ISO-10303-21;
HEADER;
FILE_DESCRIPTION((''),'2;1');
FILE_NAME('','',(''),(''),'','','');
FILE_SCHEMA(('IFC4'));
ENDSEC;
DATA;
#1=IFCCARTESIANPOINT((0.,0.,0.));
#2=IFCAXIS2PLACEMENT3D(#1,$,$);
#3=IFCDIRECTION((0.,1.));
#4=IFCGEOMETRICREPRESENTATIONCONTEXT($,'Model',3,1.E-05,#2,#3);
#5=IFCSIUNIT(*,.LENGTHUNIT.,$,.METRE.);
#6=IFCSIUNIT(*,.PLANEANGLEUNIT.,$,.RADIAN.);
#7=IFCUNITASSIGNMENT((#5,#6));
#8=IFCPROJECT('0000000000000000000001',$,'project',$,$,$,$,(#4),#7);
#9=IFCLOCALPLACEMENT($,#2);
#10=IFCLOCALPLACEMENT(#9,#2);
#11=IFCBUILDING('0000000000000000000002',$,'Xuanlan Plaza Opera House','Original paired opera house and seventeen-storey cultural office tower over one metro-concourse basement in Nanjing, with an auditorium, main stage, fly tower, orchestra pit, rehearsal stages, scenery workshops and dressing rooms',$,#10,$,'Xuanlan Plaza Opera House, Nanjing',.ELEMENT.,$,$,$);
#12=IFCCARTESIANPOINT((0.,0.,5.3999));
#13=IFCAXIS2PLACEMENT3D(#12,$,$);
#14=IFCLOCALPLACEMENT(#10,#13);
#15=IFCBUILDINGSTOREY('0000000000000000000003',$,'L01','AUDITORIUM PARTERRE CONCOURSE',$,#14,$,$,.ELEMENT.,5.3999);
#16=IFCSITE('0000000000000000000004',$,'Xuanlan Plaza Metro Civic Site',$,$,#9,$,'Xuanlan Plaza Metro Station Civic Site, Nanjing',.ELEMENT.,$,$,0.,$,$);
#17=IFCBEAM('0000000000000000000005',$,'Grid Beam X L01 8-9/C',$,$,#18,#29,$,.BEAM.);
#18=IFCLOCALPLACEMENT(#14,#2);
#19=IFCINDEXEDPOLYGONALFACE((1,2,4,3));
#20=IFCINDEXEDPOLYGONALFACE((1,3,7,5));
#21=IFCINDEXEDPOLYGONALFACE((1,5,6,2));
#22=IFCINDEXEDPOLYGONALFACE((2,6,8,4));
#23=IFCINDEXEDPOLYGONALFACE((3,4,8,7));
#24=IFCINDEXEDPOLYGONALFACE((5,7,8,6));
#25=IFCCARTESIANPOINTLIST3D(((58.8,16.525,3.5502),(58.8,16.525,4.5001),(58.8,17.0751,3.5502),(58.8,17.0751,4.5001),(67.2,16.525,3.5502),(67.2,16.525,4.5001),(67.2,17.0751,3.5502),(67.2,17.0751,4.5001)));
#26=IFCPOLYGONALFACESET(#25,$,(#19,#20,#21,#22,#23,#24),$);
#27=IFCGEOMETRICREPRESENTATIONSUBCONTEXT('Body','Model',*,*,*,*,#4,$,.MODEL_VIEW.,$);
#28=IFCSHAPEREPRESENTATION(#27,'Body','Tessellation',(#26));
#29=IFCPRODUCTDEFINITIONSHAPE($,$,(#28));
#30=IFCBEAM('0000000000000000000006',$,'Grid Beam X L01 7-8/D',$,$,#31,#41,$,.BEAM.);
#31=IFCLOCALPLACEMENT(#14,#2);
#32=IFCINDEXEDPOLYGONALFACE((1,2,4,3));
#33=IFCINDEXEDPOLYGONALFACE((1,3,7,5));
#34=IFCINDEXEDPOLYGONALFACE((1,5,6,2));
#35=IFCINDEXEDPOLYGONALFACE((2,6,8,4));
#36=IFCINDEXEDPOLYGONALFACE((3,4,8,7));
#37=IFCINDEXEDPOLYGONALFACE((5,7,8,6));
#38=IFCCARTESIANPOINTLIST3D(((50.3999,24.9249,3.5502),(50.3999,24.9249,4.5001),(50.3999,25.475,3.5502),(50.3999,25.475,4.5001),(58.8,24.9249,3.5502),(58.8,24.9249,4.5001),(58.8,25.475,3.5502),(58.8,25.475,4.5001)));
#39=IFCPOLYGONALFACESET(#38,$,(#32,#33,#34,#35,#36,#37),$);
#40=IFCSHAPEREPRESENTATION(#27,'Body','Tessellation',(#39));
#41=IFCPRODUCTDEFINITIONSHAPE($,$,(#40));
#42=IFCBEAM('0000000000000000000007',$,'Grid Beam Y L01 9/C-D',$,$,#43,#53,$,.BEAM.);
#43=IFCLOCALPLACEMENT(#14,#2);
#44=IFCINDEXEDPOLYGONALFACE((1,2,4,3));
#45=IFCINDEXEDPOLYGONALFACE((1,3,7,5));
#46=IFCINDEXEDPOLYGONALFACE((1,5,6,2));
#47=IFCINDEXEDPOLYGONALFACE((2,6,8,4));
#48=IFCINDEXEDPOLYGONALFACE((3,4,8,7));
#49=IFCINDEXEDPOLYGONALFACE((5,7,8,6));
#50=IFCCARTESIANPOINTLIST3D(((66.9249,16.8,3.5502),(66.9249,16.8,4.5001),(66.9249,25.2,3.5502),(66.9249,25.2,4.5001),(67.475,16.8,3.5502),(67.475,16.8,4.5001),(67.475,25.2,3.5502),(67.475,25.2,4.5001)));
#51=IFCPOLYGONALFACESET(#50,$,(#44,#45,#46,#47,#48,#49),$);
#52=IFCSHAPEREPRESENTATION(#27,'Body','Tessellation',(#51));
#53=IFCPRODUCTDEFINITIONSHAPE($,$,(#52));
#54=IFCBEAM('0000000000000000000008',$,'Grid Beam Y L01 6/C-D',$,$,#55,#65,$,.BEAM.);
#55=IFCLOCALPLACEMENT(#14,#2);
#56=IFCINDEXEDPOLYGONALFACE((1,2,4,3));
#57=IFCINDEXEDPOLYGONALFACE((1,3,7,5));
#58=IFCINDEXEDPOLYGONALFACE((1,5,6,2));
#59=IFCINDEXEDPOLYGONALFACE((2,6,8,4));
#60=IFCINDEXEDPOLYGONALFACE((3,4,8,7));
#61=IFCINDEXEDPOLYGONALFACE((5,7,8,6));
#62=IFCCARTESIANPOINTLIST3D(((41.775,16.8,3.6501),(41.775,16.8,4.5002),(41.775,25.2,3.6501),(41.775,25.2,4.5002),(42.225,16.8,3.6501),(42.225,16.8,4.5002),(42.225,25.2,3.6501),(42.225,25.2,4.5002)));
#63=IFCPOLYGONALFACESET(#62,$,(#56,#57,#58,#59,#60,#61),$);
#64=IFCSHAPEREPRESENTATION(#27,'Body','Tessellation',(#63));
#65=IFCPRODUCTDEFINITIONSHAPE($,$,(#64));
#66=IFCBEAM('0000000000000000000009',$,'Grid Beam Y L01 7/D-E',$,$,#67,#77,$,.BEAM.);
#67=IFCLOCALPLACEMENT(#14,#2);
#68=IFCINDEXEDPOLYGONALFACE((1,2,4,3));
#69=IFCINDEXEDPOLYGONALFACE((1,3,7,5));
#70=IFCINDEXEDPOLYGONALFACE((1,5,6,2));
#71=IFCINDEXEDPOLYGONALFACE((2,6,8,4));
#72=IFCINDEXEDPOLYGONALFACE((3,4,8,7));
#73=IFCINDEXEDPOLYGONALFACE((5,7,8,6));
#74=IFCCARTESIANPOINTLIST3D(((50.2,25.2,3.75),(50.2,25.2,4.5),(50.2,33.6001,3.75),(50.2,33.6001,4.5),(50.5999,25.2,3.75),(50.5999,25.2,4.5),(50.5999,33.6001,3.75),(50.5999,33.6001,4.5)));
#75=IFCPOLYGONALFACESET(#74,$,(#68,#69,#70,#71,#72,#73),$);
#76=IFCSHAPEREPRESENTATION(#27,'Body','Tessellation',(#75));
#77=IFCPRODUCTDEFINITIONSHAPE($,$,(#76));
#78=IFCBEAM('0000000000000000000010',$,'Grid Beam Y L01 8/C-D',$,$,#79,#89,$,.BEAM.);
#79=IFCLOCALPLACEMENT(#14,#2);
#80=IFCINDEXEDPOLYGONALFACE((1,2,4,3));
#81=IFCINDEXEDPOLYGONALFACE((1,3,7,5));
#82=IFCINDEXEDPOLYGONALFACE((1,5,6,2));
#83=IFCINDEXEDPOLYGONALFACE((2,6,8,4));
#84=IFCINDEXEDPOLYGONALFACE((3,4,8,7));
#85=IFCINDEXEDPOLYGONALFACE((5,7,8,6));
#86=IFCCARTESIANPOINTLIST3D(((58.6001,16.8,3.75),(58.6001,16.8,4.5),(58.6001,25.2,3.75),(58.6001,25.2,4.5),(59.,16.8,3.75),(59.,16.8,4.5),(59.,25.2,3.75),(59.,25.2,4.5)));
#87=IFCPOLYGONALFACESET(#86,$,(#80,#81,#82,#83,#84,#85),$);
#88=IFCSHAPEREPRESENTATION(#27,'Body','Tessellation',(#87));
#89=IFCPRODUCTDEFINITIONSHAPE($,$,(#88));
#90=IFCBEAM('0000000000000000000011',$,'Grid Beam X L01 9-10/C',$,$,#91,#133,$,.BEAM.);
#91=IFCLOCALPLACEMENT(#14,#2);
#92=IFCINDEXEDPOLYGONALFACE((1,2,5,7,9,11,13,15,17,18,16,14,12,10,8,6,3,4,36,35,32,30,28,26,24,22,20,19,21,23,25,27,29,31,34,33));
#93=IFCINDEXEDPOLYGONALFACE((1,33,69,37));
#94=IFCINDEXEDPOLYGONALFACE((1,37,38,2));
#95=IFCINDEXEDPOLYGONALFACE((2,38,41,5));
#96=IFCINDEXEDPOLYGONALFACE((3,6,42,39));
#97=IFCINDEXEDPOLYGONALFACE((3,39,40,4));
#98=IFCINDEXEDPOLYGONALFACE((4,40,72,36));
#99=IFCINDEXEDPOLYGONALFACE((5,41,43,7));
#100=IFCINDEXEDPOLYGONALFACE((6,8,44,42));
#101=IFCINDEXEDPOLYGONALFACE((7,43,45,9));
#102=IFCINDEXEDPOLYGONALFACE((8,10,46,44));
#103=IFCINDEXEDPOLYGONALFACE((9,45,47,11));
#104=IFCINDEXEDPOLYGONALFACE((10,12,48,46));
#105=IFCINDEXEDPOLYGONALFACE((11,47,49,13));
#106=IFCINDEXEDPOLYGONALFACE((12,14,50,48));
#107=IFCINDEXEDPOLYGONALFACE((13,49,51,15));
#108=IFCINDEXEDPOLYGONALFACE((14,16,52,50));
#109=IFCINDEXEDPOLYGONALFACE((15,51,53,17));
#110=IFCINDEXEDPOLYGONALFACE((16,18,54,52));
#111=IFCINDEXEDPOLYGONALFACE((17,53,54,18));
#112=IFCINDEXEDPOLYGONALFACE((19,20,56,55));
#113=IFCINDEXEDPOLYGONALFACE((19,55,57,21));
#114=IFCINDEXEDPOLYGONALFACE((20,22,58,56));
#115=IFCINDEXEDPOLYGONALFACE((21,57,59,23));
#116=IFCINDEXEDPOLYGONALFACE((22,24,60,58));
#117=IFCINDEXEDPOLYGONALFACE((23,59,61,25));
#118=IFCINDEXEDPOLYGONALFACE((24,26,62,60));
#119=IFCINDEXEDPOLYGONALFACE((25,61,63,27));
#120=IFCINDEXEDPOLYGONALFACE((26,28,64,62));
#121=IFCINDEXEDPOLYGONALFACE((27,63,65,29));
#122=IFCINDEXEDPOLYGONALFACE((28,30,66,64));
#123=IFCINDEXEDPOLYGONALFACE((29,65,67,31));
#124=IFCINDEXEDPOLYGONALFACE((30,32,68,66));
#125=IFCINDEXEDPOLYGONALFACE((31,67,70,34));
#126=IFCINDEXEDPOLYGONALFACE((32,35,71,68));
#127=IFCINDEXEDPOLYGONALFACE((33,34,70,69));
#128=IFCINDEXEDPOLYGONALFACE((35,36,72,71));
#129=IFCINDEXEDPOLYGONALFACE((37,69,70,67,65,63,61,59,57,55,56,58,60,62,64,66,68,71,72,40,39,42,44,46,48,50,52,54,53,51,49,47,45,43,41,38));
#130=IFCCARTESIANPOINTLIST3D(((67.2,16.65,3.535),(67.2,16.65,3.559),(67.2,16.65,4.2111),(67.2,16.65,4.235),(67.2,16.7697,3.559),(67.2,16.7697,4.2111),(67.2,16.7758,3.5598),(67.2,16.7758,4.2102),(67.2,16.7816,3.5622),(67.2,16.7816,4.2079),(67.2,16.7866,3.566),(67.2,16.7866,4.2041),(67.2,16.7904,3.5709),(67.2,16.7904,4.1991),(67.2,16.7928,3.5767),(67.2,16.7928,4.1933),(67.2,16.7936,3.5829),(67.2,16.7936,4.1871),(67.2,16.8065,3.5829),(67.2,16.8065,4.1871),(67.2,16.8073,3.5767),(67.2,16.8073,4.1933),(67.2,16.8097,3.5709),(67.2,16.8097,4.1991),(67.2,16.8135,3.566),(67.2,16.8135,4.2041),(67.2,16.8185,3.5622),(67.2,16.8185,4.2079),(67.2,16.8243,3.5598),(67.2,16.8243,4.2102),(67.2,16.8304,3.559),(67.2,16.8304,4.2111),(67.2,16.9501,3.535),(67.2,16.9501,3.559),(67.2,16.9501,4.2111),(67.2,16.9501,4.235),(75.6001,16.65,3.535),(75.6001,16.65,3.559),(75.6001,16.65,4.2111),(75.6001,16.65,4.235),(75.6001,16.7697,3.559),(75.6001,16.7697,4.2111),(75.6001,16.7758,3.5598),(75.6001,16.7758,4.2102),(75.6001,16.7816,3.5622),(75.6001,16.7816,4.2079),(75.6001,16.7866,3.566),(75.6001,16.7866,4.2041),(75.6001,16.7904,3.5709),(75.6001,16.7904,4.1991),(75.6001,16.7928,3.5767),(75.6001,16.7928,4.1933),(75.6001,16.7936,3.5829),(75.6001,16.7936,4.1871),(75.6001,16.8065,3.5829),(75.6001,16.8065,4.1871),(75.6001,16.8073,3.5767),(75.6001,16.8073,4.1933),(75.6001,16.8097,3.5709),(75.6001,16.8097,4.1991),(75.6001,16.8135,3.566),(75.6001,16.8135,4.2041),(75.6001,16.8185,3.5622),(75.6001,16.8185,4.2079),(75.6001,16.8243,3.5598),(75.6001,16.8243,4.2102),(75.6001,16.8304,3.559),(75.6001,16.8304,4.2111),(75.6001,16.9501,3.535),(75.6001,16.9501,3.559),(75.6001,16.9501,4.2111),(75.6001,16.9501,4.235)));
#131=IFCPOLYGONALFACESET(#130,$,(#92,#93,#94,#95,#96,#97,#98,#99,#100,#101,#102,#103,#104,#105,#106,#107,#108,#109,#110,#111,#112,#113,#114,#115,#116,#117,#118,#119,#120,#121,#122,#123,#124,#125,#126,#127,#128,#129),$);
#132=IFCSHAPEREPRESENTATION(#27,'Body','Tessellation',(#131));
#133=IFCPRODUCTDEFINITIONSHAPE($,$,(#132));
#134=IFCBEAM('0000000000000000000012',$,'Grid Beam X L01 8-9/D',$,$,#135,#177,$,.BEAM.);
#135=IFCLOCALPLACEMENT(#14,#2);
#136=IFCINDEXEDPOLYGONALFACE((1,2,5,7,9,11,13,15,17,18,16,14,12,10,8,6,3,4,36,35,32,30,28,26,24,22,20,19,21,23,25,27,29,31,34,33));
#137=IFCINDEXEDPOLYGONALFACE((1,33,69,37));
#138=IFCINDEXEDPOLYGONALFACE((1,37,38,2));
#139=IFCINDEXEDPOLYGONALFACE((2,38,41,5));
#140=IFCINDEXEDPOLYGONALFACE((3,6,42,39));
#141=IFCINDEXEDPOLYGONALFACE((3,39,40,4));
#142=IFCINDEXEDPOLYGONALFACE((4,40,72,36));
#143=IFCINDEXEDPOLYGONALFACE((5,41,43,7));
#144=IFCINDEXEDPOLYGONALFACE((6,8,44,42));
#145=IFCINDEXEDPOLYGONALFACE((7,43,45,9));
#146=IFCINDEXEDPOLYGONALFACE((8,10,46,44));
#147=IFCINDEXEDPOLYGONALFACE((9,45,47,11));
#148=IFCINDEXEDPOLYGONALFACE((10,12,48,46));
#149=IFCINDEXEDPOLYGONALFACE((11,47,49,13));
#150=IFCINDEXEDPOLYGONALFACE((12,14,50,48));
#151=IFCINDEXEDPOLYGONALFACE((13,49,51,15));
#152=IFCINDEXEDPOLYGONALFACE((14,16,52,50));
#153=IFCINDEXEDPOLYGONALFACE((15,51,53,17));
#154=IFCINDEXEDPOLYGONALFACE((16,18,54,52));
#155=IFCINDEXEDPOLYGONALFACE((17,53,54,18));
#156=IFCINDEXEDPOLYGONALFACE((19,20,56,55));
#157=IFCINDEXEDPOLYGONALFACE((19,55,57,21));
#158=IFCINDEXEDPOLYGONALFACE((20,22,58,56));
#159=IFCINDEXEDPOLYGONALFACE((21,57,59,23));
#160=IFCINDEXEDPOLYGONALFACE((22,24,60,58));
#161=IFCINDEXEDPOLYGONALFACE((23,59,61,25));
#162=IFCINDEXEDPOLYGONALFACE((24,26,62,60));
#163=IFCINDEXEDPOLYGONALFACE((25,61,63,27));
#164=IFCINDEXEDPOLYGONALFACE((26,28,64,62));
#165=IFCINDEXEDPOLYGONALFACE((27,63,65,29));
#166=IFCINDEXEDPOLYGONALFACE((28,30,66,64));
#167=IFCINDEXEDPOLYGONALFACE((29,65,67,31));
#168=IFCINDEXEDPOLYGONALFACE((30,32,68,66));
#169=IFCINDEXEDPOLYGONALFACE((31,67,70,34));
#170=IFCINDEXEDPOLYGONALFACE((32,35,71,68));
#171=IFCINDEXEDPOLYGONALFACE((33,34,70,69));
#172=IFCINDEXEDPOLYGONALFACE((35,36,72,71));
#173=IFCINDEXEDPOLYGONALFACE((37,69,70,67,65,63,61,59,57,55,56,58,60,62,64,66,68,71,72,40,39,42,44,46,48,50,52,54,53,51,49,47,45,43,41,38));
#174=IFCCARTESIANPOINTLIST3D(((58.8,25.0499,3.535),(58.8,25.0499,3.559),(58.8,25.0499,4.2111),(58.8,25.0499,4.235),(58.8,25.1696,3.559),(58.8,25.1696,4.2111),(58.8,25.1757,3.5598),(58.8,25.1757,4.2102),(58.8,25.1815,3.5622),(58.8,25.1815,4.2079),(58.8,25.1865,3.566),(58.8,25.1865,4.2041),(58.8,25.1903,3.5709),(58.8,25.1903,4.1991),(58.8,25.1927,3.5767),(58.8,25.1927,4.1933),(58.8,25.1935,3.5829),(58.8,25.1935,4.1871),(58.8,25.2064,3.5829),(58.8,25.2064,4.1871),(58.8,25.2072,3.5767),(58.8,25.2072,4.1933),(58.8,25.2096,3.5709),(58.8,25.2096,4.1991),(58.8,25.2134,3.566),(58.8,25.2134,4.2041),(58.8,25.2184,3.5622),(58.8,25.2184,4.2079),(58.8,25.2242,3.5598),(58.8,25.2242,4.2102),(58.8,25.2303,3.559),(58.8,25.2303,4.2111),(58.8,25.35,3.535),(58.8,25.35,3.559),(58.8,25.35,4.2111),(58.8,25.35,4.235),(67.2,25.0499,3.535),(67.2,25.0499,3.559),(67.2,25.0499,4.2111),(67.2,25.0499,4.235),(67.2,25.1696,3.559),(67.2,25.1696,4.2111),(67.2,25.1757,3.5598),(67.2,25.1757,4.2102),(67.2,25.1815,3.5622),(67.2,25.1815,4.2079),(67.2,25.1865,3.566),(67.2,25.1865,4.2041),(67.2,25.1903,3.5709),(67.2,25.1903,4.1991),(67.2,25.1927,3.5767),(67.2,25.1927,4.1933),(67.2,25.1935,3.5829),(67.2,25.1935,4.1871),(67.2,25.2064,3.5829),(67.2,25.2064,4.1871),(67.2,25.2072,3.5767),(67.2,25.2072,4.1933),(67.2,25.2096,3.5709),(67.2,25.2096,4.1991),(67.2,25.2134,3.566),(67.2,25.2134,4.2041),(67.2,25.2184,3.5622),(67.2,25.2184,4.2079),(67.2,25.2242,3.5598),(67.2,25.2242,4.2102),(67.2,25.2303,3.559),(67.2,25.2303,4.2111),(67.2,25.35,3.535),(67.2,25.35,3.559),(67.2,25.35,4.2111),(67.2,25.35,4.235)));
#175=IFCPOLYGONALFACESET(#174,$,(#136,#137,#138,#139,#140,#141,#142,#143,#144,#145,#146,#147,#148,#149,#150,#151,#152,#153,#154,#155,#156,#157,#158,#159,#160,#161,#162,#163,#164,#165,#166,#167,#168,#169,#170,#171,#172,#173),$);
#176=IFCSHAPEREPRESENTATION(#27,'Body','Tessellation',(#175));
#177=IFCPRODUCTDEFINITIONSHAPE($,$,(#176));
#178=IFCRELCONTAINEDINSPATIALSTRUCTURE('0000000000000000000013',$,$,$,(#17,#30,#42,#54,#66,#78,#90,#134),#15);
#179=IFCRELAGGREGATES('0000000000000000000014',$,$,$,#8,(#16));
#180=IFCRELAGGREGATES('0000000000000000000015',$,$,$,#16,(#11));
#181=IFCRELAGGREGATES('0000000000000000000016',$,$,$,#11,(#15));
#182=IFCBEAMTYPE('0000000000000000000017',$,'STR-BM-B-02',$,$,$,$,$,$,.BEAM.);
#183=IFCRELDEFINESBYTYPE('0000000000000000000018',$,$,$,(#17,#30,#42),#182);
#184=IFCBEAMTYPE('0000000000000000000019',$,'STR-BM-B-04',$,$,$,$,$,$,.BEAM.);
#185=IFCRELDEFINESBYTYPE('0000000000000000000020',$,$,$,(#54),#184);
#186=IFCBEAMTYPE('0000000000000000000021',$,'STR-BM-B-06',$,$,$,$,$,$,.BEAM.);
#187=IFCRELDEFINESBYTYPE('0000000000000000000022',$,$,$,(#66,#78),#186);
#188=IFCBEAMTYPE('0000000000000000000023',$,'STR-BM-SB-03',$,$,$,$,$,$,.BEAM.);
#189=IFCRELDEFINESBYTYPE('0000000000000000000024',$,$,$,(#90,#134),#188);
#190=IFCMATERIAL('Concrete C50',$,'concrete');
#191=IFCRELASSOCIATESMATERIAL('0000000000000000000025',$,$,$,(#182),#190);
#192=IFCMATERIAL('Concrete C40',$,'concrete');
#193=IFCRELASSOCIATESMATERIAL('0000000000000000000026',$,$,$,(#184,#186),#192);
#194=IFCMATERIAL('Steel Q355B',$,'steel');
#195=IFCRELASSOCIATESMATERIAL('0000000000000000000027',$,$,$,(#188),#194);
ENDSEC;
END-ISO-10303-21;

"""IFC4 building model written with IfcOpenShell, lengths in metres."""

from ifc_helpers import new_model, si_unit, direction, frame, origin, origin_2d, place, context, subcontext, project, spatial, rectangle, i_section, extrude, material, material_profile, profile_set, type_object, element, save


model = new_model("IFC4")

# Units and contexts
model_context = context("Model", 3, precision=1e-05, world=origin(), true_north=direction((0.0, 1.0)))
body_context = subcontext(model_context, "Body", "Model", "MODEL_VIEW")
ifc_project = project(units=[si_unit("LENGTHUNIT", "METRE"), si_unit("PLANEANGLEUNIT", "RADIAN")], contexts=[model_context])

# Site, building, storey
site_placement = place(None, origin())
site = spatial("IfcSite", under=ifc_project, at=site_placement, Name="Xuanlan Plaza Metro Civic Site", LongName="Xuanlan Plaza Metro Station Civic Site, Nanjing", CompositionType="ELEMENT", RefElevation=0.0)
building_placement = place(site_placement, origin())
building = spatial("IfcBuilding", under=site, at=building_placement, Name="Xuanlan Plaza Opera House", Description="Original paired opera house and seventeen-storey cultural office tower over one metro-concourse basement in Nanjing, with an auditorium, main stage, fly tower, orchestra pit, rehearsal stages, scenery workshops and dressing rooms", LongName="Xuanlan Plaza Opera House, Nanjing", CompositionType="ELEMENT")
storey_placement = place(building_placement, frame((0.0, 0.0, 5.3999)))
storey = spatial("IfcBuildingStorey", under=building, at=storey_placement, Name="L01", Description="AUDITORIUM PARTERRE CONCOURSE", CompositionType="ELEMENT", Elevation=5.3999)

# Shared definitions
ifc_material_1 = material(Name="Concrete C40", Category="concrete")

# Beams
ifc_material_2 = material(Name="Concrete C50", Category="concrete")
ifc_material_profile_1 = material_profile(ifc_material_2, rectangle(XDim=0.55, YDim=0.95, at=origin_2d()), Name="RC-BM 550x950")
ifc_profile_set_1 = profile_set([ifc_material_profile_1], Name="Concrete C50")
beam_type_1 = type_object("IfcBeamType", Name="STR-BM-B-02", PredefinedType="BEAM", material=ifc_profile_set_1)
beam_1_placement = place(storey_placement, frame((58.8, 16.8, 4.0251), z_axis=(1.0, 0.0, 0.0), x_axis=(0.0, 1.0, 0.0)))
element("IfcBeam", 1, at=beam_1_placement, inside=storey, type_object=beam_type_1, Name="Grid Beam X L01 8-9/C", PredefinedType="BEAM", context=body_context, shape_type="SweptSolid", body=[
    extrude(rectangle(XDim=0.55, YDim=0.95, at=origin_2d()), origin(), (0.0, 0.0, 1.0), 8.3999),
])
beam_2_placement = place(storey_placement, frame((50.3999, 25.2, 4.0251), z_axis=(1.0, 0.0, 0.0), x_axis=(0.0, 1.0, 0.0)))
element("IfcBeam", 2, at=beam_2_placement, inside=storey, type_object=beam_type_1, Name="Grid Beam X L01 7-8/D", PredefinedType="BEAM", context=body_context, shape_type="SweptSolid", body=[
    extrude(rectangle(XDim=0.55, YDim=0.95, at=origin_2d()), origin(), (0.0, 0.0, 1.0), 8.4001),
])
beam_3_placement = place(storey_placement, frame((67.2, 16.8, 4.0251), z_axis=(0.0, 1.0, 0.0), x_axis=(-1.0, 0.0, 0.0)))
element("IfcBeam", 3, at=beam_3_placement, inside=storey, type_object=beam_type_1, Name="Grid Beam Y L01 9/C-D", PredefinedType="BEAM", context=body_context, shape_type="SweptSolid", body=[
    extrude(rectangle(XDim=0.55, YDim=0.95, at=origin_2d()), origin(), (0.0, 0.0, 1.0), 8.3999),
])
ifc_material_profile_2 = material_profile(ifc_material_1, rectangle(XDim=0.45, YDim=0.8501, at=origin_2d()), Name="RC-BM 450x850")
ifc_profile_set_2 = profile_set([ifc_material_profile_2], Name="Concrete C40")
beam_type_2 = type_object("IfcBeamType", Name="STR-BM-B-04", PredefinedType="BEAM", material=ifc_profile_set_2)
beam_4_placement = place(storey_placement, frame((42.0, 16.8, 4.0752), z_axis=(0.0, 1.0, 0.0), x_axis=(-1.0, 0.0, 0.0)))
element("IfcBeam", 4, at=beam_4_placement, inside=storey, type_object=beam_type_2, Name="Grid Beam Y L01 6/C-D", PredefinedType="BEAM", context=body_context, shape_type="SweptSolid", body=[
    extrude(rectangle(XDim=0.45, YDim=0.8501, at=origin_2d()), origin(), (0.0, 0.0, 1.0), 8.3999),
])
ifc_material_profile_3 = material_profile(ifc_material_1, rectangle(XDim=0.3999, YDim=0.75, at=origin_2d()), Name="RC-BM 400x750")
ifc_profile_set_3 = profile_set([ifc_material_profile_3], Name="Concrete C40")
beam_type_3 = type_object("IfcBeamType", Name="STR-BM-B-06", PredefinedType="BEAM", material=ifc_profile_set_3)
beam_5_placement = place(storey_placement, frame((50.3999, 25.2, 4.125), z_axis=(0.0, 1.0, 0.0), x_axis=(-1.0, 0.0, 0.0)))
element("IfcBeam", 5, at=beam_5_placement, inside=storey, type_object=beam_type_3, Name="Grid Beam Y L01 7/D-E", PredefinedType="BEAM", context=body_context, shape_type="SweptSolid", body=[
    extrude(rectangle(XDim=0.3999, YDim=0.75, at=origin_2d()), origin(), (0.0, 0.0, 1.0), 8.4001),
])
beam_6_placement = place(storey_placement, frame((58.8, 16.8, 4.125), z_axis=(0.0, 1.0, 0.0), x_axis=(-1.0, 0.0, 0.0)))
element("IfcBeam", 6, at=beam_6_placement, inside=storey, type_object=beam_type_3, Name="Grid Beam Y L01 8/C-D", PredefinedType="BEAM", context=body_context, shape_type="SweptSolid", body=[
    extrude(rectangle(XDim=0.3999, YDim=0.75, at=origin_2d()), origin(), (0.0, 0.0, 1.0), 8.3999),
])
ifc_material_3 = material(Name="Steel Q355B", Category="steel")
ifc_material_profile_4 = material_profile(ifc_material_3, i_section(OverallWidth=0.3, OverallDepth=0.7, WebThickness=0.0129, FlangeThickness=0.0239, FilletRadius=0.0239, at=origin_2d()), Name="HN 700x300x13x24")
ifc_profile_set_4 = profile_set([ifc_material_profile_4], Name="Steel Q355B")
beam_type_4 = type_object("IfcBeamType", Name="STR-BM-SB-03", PredefinedType="BEAM", material=ifc_profile_set_4)
beam_7_placement = place(storey_placement, frame((67.2, 16.8, 3.885), z_axis=(1.0, 0.0, 0.0), x_axis=(0.0, 1.0, 0.0)))
element("IfcBeam", 7, at=beam_7_placement, inside=storey, type_object=beam_type_4, Name="Grid Beam X L01 9-10/C", PredefinedType="BEAM", context=body_context, shape_type="SweptSolid", body=[
    extrude(i_section(OverallWidth=0.3, OverallDepth=0.7, WebThickness=0.0129, FlangeThickness=0.0239, FilletRadius=0.0239, at=origin_2d()), origin(), (0.0, 0.0, 1.0), 8.4001),
])
beam_8_placement = place(storey_placement, frame((58.8, 25.2, 3.885), z_axis=(1.0, 0.0, 0.0), x_axis=(0.0, 1.0, 0.0)))
element("IfcBeam", 8, at=beam_8_placement, inside=storey, type_object=beam_type_4, Name="Grid Beam X L01 8-9/D", PredefinedType="BEAM", context=body_context, shape_type="SweptSolid", body=[
    extrude(i_section(OverallWidth=0.3, OverallDepth=0.7, WebThickness=0.0129, FlangeThickness=0.0239, FilletRadius=0.0239, at=origin_2d()), origin(), (0.0, 0.0, 1.0), 8.3999),
])

save(model, "model.ifc")
